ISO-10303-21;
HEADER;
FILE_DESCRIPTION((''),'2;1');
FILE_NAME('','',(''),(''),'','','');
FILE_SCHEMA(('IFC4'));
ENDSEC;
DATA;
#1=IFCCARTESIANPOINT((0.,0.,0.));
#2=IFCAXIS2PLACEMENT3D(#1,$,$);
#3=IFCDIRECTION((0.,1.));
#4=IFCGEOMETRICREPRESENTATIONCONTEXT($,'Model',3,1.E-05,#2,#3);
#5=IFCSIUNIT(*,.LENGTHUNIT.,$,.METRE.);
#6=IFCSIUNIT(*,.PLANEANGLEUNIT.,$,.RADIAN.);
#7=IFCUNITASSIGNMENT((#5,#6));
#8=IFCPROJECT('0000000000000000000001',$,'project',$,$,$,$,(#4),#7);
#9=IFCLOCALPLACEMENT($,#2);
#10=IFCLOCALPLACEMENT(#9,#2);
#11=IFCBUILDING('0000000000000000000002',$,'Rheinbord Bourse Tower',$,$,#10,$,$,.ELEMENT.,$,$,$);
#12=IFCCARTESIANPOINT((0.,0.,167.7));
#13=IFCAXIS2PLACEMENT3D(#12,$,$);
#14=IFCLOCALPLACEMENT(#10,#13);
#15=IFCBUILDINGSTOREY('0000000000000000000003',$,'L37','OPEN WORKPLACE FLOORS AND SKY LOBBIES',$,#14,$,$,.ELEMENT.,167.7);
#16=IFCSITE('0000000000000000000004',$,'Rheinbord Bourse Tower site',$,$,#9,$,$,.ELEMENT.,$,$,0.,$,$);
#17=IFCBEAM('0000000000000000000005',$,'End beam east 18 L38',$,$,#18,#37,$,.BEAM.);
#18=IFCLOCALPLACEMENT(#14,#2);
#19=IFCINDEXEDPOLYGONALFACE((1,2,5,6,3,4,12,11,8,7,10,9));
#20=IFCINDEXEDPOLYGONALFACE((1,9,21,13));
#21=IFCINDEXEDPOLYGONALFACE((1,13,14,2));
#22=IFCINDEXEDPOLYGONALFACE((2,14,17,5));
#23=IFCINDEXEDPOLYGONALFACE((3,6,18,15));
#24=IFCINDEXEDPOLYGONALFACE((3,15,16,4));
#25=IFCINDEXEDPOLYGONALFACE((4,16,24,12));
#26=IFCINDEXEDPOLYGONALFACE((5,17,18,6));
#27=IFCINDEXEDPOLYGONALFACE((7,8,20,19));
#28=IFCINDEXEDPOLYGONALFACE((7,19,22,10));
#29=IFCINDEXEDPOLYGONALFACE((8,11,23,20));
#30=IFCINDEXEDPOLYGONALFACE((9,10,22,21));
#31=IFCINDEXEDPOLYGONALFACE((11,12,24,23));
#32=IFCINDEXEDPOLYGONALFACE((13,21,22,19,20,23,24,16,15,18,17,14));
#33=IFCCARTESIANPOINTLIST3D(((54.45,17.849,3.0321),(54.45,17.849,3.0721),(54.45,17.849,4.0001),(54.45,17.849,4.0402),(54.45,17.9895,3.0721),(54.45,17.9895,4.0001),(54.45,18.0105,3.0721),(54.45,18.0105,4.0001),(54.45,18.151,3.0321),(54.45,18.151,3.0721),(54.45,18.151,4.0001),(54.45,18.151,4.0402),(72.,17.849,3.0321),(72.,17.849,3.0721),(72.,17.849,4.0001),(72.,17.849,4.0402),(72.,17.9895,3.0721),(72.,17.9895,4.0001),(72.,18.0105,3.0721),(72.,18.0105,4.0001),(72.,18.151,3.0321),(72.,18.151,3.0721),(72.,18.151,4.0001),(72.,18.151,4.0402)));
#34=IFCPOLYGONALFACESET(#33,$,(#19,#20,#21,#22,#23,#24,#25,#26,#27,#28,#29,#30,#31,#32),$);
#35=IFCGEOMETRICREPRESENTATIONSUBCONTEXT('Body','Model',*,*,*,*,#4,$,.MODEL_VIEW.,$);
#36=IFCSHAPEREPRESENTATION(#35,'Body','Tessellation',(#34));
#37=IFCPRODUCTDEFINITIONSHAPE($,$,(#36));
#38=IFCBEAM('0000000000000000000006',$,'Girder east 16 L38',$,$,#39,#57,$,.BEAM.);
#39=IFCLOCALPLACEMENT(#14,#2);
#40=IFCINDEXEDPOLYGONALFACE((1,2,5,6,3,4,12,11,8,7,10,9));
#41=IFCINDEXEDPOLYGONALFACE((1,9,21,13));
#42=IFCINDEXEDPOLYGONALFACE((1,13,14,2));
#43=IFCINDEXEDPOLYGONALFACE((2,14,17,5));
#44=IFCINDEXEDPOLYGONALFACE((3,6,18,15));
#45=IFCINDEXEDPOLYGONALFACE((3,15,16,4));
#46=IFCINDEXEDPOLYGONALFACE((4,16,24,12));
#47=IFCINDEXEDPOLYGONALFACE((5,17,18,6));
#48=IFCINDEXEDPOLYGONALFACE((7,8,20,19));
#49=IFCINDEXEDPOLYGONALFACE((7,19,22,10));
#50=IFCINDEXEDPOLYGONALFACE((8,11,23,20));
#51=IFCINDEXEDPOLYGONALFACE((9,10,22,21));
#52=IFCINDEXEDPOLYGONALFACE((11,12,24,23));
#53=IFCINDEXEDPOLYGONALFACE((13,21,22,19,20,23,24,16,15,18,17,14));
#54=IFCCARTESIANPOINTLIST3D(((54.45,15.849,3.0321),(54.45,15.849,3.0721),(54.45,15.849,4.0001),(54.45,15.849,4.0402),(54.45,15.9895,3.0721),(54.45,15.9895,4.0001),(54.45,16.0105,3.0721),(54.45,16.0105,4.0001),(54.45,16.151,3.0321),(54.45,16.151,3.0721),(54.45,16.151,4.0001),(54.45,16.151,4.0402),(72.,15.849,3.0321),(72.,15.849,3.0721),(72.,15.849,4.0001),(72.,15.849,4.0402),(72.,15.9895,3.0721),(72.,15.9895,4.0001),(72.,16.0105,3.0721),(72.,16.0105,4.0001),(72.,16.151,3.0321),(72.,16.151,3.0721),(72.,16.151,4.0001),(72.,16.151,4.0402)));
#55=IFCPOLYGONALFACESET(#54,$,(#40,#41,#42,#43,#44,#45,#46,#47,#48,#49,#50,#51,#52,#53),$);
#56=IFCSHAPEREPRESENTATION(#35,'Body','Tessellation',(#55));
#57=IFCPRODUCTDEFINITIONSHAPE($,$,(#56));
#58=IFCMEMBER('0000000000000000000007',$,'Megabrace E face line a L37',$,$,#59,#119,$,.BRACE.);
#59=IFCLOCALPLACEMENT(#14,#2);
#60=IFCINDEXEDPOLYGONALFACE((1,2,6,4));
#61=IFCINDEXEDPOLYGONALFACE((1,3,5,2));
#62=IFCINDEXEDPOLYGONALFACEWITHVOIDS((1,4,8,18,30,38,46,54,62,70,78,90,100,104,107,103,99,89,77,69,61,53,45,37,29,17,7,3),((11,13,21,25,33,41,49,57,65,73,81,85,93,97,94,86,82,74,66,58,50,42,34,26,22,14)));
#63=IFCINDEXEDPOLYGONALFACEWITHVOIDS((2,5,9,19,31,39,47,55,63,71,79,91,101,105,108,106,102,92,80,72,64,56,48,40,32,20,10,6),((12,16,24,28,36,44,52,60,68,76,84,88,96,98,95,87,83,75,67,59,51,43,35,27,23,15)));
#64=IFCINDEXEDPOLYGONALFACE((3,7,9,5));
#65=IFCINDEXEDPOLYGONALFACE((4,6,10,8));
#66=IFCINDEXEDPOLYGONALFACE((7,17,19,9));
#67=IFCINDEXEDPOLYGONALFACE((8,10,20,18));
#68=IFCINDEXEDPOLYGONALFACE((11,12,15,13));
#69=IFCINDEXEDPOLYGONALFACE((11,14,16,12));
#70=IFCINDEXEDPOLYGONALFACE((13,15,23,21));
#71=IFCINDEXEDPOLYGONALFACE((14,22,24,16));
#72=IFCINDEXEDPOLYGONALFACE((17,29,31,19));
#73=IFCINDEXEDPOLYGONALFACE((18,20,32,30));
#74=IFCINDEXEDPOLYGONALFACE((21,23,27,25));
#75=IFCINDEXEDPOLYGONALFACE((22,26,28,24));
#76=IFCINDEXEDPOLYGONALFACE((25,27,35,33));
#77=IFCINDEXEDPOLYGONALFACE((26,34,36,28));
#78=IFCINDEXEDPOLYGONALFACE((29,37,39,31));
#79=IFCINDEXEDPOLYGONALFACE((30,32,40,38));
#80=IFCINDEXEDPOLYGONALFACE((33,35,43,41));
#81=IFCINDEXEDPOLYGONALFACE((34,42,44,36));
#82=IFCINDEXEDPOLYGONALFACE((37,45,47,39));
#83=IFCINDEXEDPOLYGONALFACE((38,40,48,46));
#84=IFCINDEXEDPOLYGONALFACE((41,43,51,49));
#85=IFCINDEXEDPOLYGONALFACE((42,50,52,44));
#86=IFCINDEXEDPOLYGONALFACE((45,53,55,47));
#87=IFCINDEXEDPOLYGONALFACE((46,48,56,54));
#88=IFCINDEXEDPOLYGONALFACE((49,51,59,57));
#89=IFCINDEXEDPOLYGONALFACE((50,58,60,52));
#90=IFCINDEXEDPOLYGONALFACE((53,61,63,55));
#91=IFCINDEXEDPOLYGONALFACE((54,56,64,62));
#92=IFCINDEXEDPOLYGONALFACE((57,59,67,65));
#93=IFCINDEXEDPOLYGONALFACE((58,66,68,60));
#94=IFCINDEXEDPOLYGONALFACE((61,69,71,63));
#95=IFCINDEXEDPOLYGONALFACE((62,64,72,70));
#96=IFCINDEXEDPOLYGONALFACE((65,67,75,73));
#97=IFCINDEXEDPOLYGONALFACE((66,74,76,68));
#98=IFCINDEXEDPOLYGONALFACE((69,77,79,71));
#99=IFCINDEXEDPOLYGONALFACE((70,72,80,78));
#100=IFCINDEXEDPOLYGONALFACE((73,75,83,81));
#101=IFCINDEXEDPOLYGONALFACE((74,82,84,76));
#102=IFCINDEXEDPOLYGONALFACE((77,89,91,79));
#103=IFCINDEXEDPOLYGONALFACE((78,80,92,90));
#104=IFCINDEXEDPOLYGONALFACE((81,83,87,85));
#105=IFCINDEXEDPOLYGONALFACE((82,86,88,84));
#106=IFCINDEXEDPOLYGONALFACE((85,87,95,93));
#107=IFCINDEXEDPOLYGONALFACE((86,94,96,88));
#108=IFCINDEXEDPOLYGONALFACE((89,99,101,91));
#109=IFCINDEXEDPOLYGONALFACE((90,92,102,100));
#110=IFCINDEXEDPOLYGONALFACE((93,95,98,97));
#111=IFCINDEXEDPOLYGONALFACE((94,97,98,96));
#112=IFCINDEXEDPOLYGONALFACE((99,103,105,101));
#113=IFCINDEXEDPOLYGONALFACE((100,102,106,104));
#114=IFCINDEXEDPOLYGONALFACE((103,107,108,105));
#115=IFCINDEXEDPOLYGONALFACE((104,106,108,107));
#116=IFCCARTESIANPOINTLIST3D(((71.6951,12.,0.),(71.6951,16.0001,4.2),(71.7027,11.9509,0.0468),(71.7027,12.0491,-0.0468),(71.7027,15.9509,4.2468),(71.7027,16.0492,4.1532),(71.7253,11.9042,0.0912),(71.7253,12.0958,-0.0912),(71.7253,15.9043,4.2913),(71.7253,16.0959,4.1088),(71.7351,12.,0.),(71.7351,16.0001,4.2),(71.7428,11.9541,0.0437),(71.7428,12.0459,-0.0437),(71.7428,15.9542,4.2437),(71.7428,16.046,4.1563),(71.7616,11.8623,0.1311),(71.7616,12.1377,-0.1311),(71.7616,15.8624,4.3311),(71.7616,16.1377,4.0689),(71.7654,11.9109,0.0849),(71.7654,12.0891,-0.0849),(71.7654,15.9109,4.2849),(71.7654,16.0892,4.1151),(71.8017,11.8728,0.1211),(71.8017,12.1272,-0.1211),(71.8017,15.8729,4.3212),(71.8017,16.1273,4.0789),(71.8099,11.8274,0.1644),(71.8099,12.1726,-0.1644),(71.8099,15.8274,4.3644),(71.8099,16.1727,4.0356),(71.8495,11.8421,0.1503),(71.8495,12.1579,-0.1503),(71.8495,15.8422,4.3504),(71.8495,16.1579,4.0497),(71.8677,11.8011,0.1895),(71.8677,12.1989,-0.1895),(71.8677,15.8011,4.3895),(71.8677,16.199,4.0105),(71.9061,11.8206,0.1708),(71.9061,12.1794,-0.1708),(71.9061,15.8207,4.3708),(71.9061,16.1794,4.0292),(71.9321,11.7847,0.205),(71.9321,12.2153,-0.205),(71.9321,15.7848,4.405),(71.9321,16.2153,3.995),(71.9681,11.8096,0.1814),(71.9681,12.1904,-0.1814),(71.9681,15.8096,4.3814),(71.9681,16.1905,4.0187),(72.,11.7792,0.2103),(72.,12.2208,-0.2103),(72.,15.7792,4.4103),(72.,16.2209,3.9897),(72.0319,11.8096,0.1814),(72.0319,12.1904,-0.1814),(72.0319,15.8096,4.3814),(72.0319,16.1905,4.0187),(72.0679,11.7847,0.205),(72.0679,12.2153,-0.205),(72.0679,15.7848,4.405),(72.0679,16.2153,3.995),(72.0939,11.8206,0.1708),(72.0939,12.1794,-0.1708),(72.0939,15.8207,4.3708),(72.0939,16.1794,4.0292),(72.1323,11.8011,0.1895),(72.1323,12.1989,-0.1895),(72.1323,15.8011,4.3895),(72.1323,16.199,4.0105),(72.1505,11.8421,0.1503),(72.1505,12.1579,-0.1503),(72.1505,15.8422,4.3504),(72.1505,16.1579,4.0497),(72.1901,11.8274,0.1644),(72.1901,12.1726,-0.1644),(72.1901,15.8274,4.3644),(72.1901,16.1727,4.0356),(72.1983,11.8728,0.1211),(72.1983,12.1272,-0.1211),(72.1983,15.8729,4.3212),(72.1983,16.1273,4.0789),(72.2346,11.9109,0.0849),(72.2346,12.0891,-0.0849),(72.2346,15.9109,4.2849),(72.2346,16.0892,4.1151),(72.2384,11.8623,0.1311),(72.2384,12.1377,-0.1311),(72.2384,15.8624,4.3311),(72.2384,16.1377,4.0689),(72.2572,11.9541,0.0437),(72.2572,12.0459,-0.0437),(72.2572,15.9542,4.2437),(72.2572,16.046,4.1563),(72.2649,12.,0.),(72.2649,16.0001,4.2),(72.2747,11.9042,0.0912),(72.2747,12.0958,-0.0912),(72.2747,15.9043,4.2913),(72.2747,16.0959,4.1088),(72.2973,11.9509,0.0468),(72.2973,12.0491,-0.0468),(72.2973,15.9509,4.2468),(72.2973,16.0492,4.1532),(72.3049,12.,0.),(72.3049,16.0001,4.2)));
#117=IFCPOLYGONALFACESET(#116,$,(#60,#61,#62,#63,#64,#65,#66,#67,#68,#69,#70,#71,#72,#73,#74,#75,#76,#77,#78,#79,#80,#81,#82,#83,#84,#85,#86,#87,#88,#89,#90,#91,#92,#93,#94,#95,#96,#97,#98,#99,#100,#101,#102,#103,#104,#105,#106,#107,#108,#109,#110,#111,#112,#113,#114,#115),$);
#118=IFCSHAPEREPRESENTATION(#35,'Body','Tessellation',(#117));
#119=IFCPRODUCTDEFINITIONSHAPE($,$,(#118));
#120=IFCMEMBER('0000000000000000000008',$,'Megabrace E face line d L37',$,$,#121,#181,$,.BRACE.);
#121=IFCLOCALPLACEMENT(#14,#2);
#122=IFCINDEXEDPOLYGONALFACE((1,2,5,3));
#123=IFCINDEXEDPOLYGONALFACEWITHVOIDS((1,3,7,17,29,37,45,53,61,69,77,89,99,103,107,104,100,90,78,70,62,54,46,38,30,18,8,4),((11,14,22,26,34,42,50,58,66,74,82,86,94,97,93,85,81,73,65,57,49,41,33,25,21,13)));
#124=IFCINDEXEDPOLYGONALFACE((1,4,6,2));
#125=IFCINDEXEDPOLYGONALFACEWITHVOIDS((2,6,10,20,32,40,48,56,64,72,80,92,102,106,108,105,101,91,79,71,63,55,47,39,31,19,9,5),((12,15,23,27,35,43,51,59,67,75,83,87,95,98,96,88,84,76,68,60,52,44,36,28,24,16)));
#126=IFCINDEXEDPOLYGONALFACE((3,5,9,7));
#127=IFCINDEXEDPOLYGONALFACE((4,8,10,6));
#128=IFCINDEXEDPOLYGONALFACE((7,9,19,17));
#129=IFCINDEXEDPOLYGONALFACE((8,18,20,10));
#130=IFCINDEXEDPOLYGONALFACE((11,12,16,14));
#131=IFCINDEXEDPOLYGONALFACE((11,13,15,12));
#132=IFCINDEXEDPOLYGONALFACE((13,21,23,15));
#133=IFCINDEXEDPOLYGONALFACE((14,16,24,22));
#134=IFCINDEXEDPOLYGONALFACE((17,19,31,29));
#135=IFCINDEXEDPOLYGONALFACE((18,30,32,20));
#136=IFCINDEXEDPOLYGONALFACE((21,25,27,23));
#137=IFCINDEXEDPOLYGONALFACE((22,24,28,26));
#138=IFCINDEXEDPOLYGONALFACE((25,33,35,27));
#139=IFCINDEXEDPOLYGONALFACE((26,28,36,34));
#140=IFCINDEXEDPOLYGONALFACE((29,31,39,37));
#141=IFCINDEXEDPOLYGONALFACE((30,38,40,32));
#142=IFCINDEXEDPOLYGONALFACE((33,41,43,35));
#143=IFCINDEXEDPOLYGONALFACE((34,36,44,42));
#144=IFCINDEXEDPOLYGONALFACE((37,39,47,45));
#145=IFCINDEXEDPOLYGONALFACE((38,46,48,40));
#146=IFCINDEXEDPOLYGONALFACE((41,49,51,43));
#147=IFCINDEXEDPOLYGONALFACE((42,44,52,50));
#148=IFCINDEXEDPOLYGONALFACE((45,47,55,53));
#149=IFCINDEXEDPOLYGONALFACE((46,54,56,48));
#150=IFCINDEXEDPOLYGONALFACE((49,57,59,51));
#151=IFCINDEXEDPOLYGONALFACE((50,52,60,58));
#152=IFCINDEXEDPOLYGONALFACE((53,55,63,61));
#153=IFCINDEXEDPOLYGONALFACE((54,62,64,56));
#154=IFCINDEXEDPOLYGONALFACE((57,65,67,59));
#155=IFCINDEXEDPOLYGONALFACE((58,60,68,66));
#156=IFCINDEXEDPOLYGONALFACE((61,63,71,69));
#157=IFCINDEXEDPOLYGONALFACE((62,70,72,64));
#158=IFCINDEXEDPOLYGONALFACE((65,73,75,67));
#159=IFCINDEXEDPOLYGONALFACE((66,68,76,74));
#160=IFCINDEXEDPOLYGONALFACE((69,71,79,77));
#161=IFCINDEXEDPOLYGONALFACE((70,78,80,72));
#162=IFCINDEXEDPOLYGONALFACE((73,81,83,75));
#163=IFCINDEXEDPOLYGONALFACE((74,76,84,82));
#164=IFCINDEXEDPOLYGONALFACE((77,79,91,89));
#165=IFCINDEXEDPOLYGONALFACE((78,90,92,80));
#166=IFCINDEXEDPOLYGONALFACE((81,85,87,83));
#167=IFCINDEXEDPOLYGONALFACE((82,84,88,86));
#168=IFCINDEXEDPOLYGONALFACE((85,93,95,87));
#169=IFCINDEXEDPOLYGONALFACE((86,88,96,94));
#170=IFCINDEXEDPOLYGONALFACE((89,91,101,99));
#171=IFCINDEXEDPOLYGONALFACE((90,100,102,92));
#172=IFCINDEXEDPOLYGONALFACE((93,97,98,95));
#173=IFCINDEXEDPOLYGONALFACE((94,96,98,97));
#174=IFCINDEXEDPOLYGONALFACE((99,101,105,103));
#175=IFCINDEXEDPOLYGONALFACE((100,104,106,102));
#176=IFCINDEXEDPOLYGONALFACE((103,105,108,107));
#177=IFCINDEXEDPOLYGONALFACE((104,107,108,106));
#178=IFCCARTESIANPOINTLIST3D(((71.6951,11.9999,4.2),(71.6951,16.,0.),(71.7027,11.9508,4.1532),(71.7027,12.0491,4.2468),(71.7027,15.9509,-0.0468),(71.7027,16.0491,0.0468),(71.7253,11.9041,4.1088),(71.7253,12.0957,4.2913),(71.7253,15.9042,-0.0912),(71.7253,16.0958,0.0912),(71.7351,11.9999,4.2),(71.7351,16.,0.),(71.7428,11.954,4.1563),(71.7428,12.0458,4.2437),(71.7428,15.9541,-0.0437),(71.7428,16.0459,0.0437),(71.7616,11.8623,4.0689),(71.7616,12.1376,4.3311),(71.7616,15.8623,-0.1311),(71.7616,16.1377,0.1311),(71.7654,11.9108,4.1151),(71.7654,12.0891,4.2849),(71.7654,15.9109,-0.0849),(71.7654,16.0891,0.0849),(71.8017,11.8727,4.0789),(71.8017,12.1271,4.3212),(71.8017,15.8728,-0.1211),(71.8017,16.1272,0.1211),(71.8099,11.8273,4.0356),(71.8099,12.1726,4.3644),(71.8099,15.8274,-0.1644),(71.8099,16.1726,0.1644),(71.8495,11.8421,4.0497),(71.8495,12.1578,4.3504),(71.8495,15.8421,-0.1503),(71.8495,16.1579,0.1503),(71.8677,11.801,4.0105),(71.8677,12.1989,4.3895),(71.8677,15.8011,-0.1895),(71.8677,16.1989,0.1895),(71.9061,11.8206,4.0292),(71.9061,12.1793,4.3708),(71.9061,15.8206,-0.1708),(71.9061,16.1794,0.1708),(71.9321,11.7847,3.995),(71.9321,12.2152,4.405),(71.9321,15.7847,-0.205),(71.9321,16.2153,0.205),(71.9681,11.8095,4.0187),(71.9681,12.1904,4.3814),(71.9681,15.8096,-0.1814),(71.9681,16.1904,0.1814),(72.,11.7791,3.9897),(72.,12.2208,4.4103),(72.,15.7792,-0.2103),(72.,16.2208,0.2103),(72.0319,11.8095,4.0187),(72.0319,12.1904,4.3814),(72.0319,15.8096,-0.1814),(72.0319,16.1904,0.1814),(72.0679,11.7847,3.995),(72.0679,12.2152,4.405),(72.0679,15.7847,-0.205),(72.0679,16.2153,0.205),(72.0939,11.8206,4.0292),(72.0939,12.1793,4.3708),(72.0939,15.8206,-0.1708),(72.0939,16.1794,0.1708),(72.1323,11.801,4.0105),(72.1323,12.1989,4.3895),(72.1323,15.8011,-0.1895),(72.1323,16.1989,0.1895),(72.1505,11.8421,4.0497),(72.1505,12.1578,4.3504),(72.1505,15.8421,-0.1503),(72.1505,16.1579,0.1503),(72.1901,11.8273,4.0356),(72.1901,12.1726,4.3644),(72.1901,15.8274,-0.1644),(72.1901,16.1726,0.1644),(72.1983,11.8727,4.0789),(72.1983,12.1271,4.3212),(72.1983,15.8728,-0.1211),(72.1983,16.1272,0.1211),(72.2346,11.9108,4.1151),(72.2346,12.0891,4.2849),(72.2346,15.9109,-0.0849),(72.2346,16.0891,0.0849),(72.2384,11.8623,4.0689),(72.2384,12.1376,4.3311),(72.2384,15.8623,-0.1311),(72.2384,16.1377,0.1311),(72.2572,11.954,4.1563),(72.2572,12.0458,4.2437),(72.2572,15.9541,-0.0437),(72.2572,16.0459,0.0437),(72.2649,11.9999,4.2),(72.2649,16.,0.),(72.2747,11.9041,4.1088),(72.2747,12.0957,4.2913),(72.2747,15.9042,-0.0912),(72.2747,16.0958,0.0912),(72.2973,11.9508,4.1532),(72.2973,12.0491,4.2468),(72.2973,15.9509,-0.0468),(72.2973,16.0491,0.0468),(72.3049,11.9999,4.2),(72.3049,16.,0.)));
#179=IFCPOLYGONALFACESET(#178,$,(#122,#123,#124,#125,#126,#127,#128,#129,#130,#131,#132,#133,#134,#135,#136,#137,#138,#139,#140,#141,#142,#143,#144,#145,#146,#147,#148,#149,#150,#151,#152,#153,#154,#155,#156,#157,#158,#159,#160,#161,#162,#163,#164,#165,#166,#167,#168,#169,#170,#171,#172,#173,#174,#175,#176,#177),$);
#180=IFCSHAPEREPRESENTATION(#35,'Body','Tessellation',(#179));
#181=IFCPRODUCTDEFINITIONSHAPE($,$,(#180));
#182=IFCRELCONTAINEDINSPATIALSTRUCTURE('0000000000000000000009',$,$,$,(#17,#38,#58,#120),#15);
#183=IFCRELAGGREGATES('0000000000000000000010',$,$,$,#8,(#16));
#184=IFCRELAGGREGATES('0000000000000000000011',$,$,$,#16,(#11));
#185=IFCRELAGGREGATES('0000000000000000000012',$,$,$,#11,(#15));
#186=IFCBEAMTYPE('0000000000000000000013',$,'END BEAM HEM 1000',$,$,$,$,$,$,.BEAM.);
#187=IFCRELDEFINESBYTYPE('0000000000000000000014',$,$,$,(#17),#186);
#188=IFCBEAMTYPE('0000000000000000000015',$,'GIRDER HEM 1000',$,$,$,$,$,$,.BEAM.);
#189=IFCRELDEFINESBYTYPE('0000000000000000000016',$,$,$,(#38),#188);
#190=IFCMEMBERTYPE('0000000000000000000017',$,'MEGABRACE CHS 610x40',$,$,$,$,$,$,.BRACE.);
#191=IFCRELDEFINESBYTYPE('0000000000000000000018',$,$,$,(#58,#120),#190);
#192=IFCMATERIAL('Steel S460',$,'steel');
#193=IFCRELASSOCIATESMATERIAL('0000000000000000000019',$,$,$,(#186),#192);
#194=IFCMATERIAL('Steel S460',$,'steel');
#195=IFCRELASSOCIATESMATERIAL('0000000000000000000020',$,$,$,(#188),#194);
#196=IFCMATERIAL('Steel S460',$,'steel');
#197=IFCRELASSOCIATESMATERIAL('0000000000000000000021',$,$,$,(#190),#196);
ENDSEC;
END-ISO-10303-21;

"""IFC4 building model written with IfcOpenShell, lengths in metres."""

from ifc_helpers import new_model, si_unit, direction, frame, origin, origin_2d, place, context, subcontext, project, spatial, hollow_circle, i_section, extrude, material, material_profile, profile_set, type_object, element, save


model = new_model("IFC4")

# Units and contexts
model_context = context("Model", 3, precision=1e-05, world=origin(), true_north=direction((0.0, 1.0)))
body_context = subcontext(model_context, "Body", "Model", "MODEL_VIEW")
ifc_project = project(units=[si_unit("LENGTHUNIT", "METRE"), si_unit("PLANEANGLEUNIT", "RADIAN")], contexts=[model_context])

# Site, building, storey
site_placement = place(None, origin())
site = spatial("IfcSite", under=ifc_project, at=site_placement, Name="Rheinbord Bourse Tower site", CompositionType="ELEMENT", RefElevation=0.0)
building_placement = place(site_placement, origin())
building = spatial("IfcBuilding", under=site, at=building_placement, Name="Rheinbord Bourse Tower", CompositionType="ELEMENT")
storey_placement = place(building_placement, frame((0.0, 0.0, 167.7)))
storey = spatial("IfcBuildingStorey", under=building, at=storey_placement, Name="L37", Description="OPEN WORKPLACE FLOORS AND SKY LOBBIES", CompositionType="ELEMENT", Elevation=167.7)

# Beams
ifc_material_1 = material(Name="Steel S460", Category="steel")
ifc_material_profile_1 = material_profile(ifc_material_1, i_section(OverallWidth=0.302, OverallDepth=1.0081, WebThickness=0.021, FlangeThickness=0.04, at=origin_2d()), Name="HEM 1000")
ifc_profile_set_1 = profile_set([ifc_material_profile_1], Name="Steel S460")
beam_type_1 = type_object("IfcBeamType", Name="END BEAM HEM 1000", PredefinedType="BEAM", material=ifc_profile_set_1)
beam_1_placement = place(storey_placement, frame((54.45, 18.0, 3.5361), z_axis=(1.0, 0.0, 0.0), x_axis=(0.0, 1.0, 0.0)))
element("IfcBeam", 1, at=beam_1_placement, inside=storey, type_object=beam_type_1, Name="End beam east 18 L38", PredefinedType="BEAM", context=body_context, shape_type="SweptSolid", body=[
    extrude(i_section(OverallWidth=0.302, OverallDepth=1.0081, WebThickness=0.021, FlangeThickness=0.04, at=origin_2d()), origin(), (0.0, 0.0, 1.0), 17.55),
])
ifc_material_2 = material(Name="Steel S460", Category="steel")
ifc_material_profile_2 = material_profile(ifc_material_2, i_section(OverallWidth=0.302, OverallDepth=1.0081, WebThickness=0.021, FlangeThickness=0.04, at=origin_2d()), Name="HEM 1000")
ifc_profile_set_2 = profile_set([ifc_material_profile_2], Name="Steel S460")
beam_type_2 = type_object("IfcBeamType", Name="GIRDER HEM 1000", PredefinedType="BEAM", material=ifc_profile_set_2)
beam_2_placement = place(storey_placement, frame((54.45, 16.0, 3.5361), z_axis=(1.0, 0.0, 0.0), x_axis=(0.0, 1.0, 0.0)))
element("IfcBeam", 2, at=beam_2_placement, inside=storey, type_object=beam_type_2, Name="Girder east 16 L38", PredefinedType="BEAM", context=body_context, shape_type="SweptSolid", body=[
    extrude(i_section(OverallWidth=0.302, OverallDepth=1.0081, WebThickness=0.021, FlangeThickness=0.04, at=origin_2d()), origin(), (0.0, 0.0, 1.0), 17.55),
])

# Members
ifc_material_3 = material(Name="Steel S460", Category="steel")
ifc_material_profile_3 = material_profile(ifc_material_3, hollow_circle(Radius=0.3049, WallThickness=0.04, at=origin_2d()), Name="CHS 610x40")
ifc_profile_set_3 = profile_set([ifc_material_profile_3], Name="Steel S460")
member_type_1 = type_object("IfcMemberType", Name="MEGABRACE CHS 610x40", PredefinedType="BRACE", material=ifc_profile_set_3)
for number, where, z_axis, x_axis, name in (
    (3, (72.0, 12.0, 0.0), (0.0, 0.689659, 0.724134), (-1.0, 0.0, 0.0), "Megabrace E face line a L37"),
    (4, (72.0, 16.0, 0.0), (0.0, -0.689659, 0.724134), (1.0, 0.0, 0.0), "Megabrace E face line d L37"),
):
    element("IfcMember", number, at=place(storey_placement, frame(where, z_axis=z_axis, x_axis=x_axis)), inside=storey, type_object=member_type_1, Name=name, PredefinedType="BRACE", context=body_context, shape_type="SweptSolid", body=[
        extrude(hollow_circle(Radius=0.3049, WallThickness=0.04, at=origin_2d()), origin(), (0.0, 0.0, 1.0), 5.8),
    ])

save(model, "model.ifc")
